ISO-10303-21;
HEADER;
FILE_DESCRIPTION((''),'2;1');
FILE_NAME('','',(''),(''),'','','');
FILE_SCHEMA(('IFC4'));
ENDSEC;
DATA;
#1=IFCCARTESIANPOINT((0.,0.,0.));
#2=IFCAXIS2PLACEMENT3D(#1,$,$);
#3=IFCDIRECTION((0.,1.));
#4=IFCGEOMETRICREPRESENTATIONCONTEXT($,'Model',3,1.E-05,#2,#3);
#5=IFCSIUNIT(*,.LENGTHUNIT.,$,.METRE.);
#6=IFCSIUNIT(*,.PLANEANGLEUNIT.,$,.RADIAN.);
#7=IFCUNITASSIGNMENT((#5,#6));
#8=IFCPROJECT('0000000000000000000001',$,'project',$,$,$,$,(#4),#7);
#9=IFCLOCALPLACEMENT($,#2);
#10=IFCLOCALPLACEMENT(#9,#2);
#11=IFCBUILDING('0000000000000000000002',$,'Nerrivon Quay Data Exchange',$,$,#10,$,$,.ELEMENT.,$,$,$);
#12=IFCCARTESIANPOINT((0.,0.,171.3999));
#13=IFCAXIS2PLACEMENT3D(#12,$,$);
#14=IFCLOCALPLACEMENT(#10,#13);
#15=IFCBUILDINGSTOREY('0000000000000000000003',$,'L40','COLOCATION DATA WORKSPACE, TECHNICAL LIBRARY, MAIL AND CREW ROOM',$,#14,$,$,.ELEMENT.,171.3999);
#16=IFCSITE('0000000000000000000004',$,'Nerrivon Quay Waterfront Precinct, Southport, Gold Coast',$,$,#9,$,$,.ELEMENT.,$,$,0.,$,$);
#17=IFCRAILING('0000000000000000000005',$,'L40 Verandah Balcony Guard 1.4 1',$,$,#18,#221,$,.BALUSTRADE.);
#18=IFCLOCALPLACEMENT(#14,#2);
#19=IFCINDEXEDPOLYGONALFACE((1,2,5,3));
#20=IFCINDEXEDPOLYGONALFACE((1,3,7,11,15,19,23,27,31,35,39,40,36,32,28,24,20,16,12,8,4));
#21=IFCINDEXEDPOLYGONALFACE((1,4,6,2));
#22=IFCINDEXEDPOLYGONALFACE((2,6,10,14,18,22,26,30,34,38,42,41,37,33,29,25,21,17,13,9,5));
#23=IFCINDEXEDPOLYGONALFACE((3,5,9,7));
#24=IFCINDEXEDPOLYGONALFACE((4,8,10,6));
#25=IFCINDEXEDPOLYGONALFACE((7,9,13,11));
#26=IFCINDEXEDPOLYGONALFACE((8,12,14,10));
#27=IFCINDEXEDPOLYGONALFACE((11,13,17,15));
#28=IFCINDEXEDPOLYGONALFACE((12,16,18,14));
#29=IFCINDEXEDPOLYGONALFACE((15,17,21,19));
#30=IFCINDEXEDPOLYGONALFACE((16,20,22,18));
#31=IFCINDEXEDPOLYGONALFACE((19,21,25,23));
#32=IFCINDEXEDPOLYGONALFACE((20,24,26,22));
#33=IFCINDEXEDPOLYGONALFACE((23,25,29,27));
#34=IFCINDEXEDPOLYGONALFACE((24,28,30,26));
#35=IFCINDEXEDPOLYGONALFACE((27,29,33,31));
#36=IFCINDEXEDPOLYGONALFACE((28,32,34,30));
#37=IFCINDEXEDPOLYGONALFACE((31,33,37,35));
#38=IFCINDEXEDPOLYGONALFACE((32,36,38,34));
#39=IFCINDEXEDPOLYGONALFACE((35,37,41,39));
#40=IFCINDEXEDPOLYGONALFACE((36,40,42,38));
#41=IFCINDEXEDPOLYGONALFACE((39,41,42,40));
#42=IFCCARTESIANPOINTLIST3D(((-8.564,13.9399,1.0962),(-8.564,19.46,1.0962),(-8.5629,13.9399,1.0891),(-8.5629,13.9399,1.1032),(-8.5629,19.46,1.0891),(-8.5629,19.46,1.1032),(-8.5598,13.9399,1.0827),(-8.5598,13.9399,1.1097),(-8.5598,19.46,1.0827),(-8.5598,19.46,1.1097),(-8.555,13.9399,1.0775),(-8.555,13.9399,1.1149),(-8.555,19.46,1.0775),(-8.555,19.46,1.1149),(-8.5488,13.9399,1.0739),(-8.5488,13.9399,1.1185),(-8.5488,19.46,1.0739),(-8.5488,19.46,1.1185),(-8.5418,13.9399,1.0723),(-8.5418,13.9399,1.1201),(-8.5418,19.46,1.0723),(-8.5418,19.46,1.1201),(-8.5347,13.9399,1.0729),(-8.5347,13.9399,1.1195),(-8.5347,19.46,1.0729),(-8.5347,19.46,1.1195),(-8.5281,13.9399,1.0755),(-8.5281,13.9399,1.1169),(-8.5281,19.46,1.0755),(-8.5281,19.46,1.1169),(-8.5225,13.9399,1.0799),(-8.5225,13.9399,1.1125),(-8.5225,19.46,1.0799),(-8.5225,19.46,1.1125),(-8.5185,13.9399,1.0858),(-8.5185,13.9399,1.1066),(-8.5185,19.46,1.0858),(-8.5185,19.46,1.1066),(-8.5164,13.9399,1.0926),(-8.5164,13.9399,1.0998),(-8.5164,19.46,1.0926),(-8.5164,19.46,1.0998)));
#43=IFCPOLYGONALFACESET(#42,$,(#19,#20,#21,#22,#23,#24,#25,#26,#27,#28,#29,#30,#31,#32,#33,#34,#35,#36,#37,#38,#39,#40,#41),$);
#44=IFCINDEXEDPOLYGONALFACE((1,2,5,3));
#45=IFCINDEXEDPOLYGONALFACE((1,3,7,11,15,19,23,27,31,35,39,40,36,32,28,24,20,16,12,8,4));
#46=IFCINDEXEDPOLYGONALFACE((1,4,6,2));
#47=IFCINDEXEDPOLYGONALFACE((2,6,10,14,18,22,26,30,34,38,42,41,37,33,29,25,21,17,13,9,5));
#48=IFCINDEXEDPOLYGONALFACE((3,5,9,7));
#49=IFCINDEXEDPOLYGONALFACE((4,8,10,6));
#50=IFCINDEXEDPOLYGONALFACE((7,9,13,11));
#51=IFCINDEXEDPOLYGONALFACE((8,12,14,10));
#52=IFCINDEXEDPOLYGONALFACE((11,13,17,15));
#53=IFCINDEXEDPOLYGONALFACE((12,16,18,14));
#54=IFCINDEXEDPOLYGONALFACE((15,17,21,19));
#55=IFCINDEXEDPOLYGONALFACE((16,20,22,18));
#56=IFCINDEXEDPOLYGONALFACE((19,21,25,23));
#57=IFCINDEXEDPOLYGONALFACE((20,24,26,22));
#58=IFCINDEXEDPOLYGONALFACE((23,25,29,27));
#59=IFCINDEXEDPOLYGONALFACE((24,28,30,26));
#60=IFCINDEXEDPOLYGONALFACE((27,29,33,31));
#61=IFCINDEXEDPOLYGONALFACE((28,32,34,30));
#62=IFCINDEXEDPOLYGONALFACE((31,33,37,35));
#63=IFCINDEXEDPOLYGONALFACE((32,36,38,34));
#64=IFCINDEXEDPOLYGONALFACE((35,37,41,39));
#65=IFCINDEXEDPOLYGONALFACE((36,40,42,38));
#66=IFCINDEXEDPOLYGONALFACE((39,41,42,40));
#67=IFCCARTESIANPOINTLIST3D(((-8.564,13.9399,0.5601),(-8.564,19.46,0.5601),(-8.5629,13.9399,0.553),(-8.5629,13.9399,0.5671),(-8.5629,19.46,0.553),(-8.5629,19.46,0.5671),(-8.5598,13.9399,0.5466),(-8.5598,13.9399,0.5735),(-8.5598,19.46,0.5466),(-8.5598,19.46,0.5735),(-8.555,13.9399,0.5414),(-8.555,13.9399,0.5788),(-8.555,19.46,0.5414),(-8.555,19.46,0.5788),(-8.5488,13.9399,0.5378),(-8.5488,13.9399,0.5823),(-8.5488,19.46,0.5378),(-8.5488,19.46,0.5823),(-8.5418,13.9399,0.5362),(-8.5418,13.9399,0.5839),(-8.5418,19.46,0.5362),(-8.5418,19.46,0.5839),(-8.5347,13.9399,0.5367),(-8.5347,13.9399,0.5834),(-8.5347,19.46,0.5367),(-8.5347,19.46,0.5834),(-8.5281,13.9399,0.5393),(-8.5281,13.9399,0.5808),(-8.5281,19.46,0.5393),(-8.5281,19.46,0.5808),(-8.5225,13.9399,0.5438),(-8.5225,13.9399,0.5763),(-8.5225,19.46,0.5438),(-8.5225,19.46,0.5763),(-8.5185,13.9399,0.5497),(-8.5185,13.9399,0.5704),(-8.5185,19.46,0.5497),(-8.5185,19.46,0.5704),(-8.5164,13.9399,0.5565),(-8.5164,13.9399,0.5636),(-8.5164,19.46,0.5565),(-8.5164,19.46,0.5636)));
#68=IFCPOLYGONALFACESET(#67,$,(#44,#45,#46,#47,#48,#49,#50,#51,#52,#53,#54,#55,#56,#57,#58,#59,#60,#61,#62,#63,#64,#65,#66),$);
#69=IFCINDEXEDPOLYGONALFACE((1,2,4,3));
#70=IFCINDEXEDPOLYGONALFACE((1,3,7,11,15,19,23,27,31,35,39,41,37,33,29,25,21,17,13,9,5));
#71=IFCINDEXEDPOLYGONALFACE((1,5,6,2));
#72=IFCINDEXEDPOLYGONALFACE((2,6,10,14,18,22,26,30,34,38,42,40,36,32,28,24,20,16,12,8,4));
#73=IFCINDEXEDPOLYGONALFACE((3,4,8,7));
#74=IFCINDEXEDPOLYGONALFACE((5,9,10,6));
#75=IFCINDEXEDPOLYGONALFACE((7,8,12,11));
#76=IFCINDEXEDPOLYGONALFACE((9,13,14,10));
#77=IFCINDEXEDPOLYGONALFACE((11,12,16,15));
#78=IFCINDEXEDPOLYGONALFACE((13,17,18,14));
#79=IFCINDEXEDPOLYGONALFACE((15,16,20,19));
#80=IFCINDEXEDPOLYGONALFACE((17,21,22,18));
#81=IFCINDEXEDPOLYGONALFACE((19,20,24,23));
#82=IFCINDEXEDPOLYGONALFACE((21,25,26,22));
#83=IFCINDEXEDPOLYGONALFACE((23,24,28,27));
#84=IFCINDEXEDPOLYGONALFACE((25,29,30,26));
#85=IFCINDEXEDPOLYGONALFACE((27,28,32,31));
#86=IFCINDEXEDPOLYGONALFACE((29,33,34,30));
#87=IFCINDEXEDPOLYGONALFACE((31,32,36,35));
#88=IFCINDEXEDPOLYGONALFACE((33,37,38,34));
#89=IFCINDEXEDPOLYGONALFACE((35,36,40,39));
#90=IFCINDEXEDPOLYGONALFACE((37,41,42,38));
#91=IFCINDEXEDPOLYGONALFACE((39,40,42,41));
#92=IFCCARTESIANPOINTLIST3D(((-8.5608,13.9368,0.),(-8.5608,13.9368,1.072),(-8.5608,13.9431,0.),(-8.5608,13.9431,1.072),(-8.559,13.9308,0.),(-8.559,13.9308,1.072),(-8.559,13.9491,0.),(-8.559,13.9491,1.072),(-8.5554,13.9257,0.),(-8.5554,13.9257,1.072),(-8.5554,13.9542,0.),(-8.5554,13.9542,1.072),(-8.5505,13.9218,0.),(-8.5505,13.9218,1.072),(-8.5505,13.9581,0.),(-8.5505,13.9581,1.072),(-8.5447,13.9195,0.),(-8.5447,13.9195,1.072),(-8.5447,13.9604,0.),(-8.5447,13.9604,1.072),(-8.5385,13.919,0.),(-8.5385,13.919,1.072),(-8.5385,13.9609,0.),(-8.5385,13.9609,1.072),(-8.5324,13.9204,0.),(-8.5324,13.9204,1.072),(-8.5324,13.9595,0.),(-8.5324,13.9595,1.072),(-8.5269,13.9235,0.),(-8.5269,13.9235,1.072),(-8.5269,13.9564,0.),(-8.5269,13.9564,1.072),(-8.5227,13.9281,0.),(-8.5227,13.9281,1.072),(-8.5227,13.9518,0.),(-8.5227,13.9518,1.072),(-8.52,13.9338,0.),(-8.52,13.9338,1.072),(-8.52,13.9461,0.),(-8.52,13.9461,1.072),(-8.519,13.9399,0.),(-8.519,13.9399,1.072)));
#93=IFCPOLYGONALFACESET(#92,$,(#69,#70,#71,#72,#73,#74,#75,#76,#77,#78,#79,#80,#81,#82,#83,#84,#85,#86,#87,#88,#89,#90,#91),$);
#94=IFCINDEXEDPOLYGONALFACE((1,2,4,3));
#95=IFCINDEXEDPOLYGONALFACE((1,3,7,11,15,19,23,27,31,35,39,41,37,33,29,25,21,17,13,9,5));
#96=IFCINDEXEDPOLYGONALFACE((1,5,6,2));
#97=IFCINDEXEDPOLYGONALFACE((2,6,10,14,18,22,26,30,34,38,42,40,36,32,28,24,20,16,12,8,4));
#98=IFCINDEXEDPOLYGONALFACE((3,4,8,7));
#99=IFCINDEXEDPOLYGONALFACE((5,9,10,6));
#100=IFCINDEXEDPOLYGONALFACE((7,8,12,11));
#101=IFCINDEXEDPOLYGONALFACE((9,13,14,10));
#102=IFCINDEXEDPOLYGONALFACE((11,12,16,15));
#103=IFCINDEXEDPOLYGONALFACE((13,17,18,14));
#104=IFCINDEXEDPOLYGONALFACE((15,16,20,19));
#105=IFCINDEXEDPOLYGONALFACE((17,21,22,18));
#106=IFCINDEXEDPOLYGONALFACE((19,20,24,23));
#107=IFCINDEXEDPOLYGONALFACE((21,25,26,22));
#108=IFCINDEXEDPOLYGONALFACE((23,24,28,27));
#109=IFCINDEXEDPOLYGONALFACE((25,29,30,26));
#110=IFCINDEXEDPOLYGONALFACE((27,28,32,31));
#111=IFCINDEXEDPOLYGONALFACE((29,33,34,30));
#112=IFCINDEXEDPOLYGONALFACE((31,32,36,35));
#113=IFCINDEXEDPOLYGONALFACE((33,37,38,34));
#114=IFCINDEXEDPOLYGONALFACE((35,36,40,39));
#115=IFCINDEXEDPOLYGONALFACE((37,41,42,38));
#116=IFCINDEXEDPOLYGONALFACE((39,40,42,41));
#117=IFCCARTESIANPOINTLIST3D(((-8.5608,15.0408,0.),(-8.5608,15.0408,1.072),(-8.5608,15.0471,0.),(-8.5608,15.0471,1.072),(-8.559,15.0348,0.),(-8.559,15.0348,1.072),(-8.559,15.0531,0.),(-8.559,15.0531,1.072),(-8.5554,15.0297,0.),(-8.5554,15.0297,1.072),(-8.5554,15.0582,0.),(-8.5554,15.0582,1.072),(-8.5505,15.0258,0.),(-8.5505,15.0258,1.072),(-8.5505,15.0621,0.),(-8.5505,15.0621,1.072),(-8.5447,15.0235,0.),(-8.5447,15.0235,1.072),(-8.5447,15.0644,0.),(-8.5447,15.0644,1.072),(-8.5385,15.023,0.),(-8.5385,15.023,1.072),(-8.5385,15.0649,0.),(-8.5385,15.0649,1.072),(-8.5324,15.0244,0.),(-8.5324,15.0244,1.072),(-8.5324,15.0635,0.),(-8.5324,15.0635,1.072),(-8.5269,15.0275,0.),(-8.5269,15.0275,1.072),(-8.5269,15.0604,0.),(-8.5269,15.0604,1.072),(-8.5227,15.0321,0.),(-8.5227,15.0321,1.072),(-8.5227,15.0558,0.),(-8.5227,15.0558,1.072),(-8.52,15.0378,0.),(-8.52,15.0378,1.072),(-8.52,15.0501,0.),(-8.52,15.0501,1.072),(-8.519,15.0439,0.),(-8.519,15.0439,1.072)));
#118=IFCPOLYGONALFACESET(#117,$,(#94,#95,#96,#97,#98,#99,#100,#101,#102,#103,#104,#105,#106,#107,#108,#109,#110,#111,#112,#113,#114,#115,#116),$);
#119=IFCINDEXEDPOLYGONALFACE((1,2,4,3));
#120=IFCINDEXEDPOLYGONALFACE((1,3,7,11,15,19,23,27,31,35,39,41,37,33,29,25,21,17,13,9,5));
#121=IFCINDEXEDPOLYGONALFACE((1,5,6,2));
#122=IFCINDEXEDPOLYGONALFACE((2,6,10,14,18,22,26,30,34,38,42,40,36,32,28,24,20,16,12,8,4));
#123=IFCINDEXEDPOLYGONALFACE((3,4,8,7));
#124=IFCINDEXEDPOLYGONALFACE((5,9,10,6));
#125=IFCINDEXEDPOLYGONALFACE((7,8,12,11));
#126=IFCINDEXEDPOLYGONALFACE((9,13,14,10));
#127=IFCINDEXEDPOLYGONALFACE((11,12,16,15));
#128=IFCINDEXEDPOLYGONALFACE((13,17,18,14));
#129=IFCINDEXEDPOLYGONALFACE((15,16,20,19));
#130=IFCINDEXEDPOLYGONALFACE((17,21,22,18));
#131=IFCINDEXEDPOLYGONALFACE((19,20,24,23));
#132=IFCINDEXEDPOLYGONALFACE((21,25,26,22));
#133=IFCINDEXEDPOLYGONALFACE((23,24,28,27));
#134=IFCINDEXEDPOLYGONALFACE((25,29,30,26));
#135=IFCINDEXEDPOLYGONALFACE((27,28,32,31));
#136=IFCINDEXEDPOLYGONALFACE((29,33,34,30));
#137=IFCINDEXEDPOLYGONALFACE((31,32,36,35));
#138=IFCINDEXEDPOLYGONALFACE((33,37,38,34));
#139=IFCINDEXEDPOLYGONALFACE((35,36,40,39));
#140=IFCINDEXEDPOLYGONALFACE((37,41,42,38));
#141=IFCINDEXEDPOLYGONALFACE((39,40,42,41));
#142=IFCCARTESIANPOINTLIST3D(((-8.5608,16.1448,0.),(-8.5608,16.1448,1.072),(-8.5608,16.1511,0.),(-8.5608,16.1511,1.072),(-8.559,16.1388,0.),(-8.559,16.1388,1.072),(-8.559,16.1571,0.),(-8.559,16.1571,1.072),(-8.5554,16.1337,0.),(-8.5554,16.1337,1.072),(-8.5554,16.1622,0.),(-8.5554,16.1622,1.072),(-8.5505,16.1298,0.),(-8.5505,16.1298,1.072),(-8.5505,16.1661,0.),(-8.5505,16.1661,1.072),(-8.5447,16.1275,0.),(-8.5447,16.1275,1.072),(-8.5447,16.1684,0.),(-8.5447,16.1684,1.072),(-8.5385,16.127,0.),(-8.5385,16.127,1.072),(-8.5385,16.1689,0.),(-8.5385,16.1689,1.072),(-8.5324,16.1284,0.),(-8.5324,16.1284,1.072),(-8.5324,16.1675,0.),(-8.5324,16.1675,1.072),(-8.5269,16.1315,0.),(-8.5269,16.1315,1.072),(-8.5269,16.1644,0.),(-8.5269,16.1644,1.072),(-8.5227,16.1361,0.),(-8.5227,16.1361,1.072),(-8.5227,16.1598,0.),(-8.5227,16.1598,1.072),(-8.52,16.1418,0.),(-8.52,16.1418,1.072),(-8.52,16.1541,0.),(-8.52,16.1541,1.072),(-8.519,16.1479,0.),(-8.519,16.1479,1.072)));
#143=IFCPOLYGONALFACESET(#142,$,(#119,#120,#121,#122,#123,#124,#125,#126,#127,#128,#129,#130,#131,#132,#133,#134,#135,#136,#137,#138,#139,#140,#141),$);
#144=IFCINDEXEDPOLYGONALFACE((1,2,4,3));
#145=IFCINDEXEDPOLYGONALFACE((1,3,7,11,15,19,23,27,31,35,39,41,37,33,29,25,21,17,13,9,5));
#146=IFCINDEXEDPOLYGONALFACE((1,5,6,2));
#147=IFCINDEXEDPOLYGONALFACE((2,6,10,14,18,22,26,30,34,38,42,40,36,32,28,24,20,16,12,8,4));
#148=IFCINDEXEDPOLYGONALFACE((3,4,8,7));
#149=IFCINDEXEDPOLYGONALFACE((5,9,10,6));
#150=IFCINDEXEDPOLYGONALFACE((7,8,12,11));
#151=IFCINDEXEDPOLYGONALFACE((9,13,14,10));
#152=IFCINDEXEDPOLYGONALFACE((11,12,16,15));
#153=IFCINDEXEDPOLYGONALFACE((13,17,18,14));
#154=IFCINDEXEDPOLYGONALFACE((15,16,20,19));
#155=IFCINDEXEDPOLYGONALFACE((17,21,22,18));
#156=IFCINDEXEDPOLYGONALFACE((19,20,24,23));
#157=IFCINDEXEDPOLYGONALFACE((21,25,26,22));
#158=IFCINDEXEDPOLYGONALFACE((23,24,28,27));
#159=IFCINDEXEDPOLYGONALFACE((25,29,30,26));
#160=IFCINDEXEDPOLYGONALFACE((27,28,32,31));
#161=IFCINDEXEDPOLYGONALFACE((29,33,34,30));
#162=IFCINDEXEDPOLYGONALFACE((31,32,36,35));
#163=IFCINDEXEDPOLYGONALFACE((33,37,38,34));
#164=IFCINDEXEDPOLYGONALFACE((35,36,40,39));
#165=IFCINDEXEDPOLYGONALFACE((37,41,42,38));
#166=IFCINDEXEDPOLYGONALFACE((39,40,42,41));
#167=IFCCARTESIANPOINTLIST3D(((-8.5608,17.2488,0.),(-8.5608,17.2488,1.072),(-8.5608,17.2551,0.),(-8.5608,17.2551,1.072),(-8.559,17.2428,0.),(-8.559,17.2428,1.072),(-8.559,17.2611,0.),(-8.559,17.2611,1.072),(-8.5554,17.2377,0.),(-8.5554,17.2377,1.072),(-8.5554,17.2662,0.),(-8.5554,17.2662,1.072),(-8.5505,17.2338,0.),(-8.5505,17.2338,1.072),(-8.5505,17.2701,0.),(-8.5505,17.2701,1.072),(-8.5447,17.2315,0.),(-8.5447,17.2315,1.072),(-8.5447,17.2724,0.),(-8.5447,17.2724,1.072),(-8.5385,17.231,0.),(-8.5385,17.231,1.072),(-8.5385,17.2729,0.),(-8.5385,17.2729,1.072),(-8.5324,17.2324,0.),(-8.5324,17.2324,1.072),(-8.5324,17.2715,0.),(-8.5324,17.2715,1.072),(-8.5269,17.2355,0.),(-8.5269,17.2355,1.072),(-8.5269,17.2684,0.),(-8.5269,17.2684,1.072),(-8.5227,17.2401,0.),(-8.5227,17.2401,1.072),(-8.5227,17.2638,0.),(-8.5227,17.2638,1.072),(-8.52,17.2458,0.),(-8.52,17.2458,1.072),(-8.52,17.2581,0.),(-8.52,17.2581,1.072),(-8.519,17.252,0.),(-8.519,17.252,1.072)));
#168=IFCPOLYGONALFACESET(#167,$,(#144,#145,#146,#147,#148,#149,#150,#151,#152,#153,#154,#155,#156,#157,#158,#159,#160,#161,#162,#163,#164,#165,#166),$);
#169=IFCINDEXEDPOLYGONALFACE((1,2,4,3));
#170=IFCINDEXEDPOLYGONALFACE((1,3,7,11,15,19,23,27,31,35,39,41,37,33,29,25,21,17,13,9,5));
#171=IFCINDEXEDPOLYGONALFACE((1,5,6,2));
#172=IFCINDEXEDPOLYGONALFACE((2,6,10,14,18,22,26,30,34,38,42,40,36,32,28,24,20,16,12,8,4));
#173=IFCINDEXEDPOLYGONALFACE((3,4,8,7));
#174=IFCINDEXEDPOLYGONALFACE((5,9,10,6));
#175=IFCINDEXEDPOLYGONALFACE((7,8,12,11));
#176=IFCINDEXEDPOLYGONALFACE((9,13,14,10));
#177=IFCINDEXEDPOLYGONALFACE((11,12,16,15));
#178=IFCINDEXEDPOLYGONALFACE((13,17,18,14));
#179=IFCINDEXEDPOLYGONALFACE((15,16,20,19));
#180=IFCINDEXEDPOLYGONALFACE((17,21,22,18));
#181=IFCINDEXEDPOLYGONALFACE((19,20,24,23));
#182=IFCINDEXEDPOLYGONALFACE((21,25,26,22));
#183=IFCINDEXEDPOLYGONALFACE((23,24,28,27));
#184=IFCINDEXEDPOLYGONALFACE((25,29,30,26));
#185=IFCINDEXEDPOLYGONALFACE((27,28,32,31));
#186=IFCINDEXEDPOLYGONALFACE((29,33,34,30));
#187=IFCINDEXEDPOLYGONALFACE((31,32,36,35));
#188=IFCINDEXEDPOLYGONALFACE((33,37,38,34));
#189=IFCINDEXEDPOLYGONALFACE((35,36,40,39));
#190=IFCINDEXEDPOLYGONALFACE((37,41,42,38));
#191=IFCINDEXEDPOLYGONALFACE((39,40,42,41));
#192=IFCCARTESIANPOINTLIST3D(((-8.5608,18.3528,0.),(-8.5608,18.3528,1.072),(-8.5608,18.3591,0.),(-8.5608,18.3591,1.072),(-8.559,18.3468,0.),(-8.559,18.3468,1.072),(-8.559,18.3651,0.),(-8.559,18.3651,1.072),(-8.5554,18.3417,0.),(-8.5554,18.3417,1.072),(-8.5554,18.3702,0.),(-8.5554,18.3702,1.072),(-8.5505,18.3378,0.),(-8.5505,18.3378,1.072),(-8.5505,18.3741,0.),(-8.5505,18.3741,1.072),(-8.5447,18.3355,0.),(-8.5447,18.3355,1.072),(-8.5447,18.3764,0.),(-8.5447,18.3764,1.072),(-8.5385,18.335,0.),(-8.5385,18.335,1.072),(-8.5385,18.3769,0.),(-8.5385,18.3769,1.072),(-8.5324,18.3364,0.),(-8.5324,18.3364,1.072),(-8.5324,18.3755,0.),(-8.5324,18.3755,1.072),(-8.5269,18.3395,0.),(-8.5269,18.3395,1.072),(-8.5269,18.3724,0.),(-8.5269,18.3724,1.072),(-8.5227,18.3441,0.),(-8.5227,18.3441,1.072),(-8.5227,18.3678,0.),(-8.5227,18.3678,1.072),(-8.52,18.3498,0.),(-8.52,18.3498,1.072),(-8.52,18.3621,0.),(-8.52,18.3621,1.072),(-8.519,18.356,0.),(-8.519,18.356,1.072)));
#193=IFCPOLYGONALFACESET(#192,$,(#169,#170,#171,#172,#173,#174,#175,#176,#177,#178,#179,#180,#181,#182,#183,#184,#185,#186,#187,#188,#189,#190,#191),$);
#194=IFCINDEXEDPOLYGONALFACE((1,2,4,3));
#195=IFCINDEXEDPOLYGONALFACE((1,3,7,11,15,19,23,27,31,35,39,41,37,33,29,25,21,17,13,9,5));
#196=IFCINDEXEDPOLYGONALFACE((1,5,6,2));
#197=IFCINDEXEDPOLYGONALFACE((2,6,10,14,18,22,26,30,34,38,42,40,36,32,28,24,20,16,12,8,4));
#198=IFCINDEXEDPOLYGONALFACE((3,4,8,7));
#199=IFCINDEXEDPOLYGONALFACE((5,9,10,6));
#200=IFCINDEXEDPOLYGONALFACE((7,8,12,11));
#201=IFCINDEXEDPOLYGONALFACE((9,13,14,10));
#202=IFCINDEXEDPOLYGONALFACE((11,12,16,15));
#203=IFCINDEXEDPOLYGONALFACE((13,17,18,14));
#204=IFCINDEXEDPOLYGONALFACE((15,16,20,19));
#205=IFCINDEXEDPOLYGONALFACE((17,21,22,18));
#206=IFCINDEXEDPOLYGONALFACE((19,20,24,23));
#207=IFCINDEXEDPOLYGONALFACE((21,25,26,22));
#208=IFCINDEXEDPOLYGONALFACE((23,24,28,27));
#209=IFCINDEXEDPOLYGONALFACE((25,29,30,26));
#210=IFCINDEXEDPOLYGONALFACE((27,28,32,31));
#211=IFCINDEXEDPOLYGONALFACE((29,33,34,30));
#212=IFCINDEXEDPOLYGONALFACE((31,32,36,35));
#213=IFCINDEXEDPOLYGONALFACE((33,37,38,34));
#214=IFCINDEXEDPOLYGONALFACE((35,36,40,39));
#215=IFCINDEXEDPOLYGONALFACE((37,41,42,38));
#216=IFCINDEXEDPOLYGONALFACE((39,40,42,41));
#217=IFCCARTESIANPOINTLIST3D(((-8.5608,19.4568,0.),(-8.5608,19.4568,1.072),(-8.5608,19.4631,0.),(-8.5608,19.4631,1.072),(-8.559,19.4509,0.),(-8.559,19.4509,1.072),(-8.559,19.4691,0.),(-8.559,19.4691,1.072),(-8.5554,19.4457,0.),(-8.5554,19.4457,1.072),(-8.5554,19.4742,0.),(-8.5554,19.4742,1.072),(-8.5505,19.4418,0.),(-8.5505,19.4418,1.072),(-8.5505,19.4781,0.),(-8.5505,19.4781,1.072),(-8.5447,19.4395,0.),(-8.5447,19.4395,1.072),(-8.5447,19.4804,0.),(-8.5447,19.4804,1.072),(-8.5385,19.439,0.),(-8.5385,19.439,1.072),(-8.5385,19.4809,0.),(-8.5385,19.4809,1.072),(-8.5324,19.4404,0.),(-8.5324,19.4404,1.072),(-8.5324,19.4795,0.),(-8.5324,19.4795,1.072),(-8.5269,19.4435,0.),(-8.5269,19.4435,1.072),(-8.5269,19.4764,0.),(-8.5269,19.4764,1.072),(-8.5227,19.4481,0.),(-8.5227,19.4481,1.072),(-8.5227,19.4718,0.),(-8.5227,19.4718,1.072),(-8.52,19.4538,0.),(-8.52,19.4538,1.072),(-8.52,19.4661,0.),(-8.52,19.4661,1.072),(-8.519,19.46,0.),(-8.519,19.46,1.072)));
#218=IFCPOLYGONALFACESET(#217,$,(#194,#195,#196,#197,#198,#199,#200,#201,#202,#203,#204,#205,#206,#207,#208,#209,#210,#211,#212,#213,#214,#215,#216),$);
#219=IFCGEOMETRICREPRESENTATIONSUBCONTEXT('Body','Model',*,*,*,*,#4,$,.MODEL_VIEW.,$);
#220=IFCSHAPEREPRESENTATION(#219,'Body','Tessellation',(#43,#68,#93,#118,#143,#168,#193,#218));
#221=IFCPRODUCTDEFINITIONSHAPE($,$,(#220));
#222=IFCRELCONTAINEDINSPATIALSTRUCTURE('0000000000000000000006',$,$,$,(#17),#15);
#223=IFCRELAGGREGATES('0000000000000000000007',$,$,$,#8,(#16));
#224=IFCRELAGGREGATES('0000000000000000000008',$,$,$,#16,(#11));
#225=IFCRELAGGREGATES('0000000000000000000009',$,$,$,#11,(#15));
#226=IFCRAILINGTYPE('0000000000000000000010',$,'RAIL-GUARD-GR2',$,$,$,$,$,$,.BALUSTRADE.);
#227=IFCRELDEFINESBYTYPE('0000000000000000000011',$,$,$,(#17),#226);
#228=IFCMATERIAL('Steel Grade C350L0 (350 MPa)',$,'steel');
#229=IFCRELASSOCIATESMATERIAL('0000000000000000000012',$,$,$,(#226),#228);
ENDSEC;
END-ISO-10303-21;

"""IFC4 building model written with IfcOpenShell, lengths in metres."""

from ifc_helpers import new_model, si_unit, direction, frame, origin, origin_2d, place, context, subcontext, project, spatial, circle, extrude, material, type_object, element, save


model = new_model("IFC4")

# Units and contexts
model_context = context("Model", 3, precision=1e-05, world=origin(), true_north=direction((0.0, 1.0)))
body_context = subcontext(model_context, "Body", "Model", "MODEL_VIEW")
ifc_project = project(units=[si_unit("LENGTHUNIT", "METRE"), si_unit("PLANEANGLEUNIT", "RADIAN")], contexts=[model_context])

# Site, building, storey
site_placement = place(None, origin())
site = spatial("IfcSite", under=ifc_project, at=site_placement, Name="Nerrivon Quay Waterfront Precinct, Southport, Gold Coast", CompositionType="ELEMENT", RefElevation=0.0)
building_placement = place(site_placement, origin())
building = spatial("IfcBuilding", under=site, at=building_placement, Name="Nerrivon Quay Data Exchange", CompositionType="ELEMENT")
storey_placement = place(building_placement, frame((0.0, 0.0, 171.3999)))
storey = spatial("IfcBuildingStorey", under=building, at=storey_placement, Name="L40", Description="COLOCATION DATA WORKSPACE, TECHNICAL LIBRARY, MAIL AND CREW ROOM", CompositionType="ELEMENT", Elevation=171.3999)

# Shared definitions
ifc_material_1 = material(Name="Steel Grade C350L0 (350 MPa)", Category="steel")

# Railing
railing_type = type_object("IfcRailingType", Name="RAIL-GUARD-GR2", PredefinedType="BALUSTRADE", material=ifc_material_1)
railing_1_placement = place(storey_placement, frame((-8.54, 13.9399, 0.0)))
element("IfcRailing", 1, at=railing_1_placement, inside=storey, type_object=railing_type, Name="L40 Verandah Balcony Guard 1.4 1", PredefinedType="BALUSTRADE", context=body_context, shape_type="SweptSolid", body=[
    extrude(circle(Radius=0.0239, at=origin_2d()), frame((0.0, 0.0, 1.0962), z_axis=(0.0, 1.0, 0.0), x_axis=(-1.0, 0.0, 0.0)), (0.0, 0.0, 1.0), 5.52),
    extrude(circle(Radius=0.0239, at=origin_2d()), frame((0.0, 0.0, 0.5601), z_axis=(0.0, 1.0, 0.0), x_axis=(-1.0, 0.0, 0.0)), (0.0, 0.0, 1.0), 5.52),
    extrude(circle(Radius=0.021, at=origin_2d()), origin(), (0.0, 0.0, 1.0), 1.072),
    extrude(circle(Radius=0.021, at=origin_2d()), frame((0.0, 1.104, 0.0)), (0.0, 0.0, 1.0), 1.072),
    extrude(circle(Radius=0.021, at=origin_2d()), frame((0.0, 2.208, 0.0)), (0.0, 0.0, 1.0), 1.072),
    extrude(circle(Radius=0.021, at=origin_2d()), frame((0.0, 3.312, 0.0)), (0.0, 0.0, 1.0), 1.072),
    extrude(circle(Radius=0.021, at=origin_2d()), frame((0.0, 4.416, 0.0)), (0.0, 0.0, 1.0), 1.072),
    extrude(circle(Radius=0.021, at=origin_2d()), frame((0.0, 5.52, 0.0)), (0.0, 0.0, 1.0), 1.072),
])

save(model, "model.ifc")
